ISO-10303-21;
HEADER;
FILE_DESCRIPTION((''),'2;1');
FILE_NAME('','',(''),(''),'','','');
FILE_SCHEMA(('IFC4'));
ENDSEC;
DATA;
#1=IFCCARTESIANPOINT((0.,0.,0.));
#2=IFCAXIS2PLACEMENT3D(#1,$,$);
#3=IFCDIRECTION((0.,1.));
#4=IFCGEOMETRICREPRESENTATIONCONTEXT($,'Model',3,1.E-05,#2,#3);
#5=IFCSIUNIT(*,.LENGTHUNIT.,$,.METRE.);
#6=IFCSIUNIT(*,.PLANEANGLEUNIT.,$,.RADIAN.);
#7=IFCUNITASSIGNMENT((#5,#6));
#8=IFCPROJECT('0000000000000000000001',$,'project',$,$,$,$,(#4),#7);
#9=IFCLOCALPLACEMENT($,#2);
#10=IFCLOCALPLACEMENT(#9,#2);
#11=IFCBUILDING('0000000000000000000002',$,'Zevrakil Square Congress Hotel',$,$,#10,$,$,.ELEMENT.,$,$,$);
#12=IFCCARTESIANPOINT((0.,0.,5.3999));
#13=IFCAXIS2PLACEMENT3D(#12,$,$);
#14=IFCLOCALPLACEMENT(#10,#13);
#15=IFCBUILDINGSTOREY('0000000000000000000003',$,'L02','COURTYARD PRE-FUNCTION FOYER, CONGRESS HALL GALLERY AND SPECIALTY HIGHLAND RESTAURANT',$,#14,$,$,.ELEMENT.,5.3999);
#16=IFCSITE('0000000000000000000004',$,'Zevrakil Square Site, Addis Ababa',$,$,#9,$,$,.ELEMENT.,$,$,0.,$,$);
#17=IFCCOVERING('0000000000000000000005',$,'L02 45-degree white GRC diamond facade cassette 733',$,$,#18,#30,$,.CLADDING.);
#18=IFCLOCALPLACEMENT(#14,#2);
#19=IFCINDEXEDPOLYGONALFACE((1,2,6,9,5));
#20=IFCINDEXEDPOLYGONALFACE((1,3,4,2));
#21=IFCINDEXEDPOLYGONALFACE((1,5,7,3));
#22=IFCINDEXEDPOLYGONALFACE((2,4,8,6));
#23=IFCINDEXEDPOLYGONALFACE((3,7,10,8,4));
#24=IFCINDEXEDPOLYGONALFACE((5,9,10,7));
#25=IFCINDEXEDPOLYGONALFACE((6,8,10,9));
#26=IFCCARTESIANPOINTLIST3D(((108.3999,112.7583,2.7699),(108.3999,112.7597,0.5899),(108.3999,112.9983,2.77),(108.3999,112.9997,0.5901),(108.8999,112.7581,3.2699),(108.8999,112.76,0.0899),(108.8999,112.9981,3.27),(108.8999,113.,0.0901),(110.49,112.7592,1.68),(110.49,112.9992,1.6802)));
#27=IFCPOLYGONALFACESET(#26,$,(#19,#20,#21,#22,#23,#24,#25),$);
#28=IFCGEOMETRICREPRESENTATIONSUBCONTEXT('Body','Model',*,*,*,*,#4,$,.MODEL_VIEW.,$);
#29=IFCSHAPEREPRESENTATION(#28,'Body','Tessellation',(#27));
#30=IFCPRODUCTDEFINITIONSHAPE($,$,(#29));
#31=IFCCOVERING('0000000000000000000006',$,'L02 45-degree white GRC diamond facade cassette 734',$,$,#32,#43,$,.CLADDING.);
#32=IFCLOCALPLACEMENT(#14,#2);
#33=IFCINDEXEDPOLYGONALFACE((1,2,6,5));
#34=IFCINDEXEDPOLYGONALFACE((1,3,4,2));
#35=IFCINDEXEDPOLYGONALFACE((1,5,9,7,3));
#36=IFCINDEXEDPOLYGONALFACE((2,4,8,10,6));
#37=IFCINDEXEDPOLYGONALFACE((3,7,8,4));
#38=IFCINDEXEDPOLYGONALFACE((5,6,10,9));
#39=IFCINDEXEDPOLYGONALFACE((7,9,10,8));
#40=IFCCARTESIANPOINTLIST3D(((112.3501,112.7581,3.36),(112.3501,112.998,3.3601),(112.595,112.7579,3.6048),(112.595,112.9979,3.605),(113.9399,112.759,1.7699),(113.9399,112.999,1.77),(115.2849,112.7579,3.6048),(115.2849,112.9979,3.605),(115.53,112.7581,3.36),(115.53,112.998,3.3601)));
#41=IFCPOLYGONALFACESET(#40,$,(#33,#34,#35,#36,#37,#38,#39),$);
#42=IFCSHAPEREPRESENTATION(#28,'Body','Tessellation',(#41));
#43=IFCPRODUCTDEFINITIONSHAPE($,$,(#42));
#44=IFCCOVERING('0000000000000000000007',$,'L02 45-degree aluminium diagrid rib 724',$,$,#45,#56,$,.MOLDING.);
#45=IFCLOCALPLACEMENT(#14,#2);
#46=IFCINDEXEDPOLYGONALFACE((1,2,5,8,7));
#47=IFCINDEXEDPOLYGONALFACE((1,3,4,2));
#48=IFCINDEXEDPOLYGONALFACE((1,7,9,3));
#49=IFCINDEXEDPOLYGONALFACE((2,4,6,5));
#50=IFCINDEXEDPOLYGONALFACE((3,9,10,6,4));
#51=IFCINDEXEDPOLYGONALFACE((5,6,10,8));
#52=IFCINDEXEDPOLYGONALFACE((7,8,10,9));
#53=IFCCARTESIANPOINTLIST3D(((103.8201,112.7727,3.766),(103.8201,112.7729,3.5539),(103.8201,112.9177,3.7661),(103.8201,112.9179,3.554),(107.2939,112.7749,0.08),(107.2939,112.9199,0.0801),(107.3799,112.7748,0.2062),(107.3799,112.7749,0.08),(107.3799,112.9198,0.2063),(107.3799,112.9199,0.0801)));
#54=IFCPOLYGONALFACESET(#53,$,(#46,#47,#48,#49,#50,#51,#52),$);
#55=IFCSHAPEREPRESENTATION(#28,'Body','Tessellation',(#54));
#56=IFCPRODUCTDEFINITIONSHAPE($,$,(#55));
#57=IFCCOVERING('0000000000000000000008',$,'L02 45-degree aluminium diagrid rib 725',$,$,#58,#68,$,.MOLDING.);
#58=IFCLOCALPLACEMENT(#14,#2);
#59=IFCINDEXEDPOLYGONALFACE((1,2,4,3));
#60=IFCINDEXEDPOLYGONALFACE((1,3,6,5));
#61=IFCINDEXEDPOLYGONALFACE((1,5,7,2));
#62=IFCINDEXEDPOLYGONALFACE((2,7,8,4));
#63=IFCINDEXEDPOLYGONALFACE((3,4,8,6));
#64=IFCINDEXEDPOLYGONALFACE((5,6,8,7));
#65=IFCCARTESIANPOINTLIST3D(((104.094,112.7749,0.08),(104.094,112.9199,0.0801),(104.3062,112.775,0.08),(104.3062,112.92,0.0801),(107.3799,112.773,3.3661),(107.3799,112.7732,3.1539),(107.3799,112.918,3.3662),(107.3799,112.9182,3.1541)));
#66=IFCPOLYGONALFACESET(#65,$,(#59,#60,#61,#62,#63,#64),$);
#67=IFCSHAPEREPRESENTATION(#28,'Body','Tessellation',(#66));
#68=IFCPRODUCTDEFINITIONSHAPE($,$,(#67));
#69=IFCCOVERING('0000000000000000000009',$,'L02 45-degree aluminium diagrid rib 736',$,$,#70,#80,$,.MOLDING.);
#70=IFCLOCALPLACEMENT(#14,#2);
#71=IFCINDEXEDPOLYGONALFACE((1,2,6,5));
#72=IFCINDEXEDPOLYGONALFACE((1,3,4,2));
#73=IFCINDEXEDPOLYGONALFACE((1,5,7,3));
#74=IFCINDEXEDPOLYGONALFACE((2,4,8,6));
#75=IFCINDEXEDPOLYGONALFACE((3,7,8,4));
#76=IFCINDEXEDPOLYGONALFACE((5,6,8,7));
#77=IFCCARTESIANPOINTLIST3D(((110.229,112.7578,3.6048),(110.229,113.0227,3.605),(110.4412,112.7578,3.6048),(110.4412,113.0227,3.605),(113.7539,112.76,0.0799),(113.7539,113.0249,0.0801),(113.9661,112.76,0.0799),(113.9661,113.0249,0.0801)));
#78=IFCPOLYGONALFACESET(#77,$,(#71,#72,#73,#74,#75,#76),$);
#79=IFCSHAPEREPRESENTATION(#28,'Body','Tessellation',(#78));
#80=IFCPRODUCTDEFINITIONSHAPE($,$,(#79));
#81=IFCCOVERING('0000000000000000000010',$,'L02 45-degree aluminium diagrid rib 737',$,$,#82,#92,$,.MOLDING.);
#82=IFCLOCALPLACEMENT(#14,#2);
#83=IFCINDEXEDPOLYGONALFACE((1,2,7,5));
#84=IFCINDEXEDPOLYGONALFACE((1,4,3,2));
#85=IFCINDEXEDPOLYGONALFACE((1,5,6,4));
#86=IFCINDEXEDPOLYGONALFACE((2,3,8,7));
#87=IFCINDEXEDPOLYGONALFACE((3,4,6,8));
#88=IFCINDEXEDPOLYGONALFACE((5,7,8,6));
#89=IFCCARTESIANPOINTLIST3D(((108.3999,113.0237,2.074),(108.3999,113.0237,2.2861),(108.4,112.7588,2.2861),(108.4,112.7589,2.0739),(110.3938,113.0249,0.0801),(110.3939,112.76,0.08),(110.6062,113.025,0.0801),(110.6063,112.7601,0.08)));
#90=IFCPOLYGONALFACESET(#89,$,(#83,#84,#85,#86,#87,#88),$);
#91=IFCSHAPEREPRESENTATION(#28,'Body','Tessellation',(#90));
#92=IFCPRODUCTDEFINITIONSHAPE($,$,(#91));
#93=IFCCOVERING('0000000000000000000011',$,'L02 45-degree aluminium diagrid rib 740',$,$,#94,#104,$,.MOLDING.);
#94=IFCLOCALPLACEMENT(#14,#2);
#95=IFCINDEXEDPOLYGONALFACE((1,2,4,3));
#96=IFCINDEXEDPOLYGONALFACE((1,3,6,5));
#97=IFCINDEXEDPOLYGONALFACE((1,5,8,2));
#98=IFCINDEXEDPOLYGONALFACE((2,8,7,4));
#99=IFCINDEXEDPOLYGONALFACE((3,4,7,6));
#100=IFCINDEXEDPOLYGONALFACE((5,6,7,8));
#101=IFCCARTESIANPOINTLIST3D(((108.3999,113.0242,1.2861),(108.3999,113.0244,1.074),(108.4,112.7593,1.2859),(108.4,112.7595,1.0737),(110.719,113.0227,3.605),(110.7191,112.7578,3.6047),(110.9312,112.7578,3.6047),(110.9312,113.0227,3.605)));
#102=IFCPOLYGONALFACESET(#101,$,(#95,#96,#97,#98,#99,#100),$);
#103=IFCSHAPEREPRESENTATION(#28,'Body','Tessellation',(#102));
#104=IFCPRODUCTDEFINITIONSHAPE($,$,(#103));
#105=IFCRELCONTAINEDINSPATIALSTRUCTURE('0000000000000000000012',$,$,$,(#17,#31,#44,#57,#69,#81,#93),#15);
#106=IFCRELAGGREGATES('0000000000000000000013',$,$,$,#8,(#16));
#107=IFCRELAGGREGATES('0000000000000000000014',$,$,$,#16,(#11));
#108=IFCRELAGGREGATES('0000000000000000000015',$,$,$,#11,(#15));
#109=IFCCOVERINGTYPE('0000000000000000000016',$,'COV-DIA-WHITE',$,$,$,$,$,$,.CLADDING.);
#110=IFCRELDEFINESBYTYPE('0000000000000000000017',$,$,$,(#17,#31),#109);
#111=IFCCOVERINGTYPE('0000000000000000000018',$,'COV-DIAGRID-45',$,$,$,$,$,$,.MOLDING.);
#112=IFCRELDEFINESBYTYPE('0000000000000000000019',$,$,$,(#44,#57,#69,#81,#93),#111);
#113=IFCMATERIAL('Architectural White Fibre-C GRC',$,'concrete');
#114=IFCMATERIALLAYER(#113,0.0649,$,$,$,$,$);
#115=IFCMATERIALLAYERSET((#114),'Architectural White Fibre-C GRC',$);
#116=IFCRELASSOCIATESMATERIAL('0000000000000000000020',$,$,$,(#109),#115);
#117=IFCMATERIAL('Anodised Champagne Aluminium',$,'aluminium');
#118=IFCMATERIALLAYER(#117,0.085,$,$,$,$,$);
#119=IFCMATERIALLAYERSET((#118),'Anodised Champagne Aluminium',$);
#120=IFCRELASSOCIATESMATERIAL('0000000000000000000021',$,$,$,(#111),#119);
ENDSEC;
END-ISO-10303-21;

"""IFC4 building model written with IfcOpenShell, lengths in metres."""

from ifc_helpers import new_model, si_unit, direction, frame, origin, place, context, subcontext, project, spatial, polyline, outline, extrude, material, layer, layer_set, type_object, element, save


model = new_model("IFC4")

# Units and contexts
model_context = context("Model", 3, precision=1e-05, world=origin(), true_north=direction((0.0, 1.0)))
body_context = subcontext(model_context, "Body", "Model", "MODEL_VIEW")
ifc_project = project(units=[si_unit("LENGTHUNIT", "METRE"), si_unit("PLANEANGLEUNIT", "RADIAN")], contexts=[model_context])

# Site, building, storey
site_placement = place(None, origin())
site = spatial("IfcSite", under=ifc_project, at=site_placement, Name="Zevrakil Square Site, Addis Ababa", CompositionType="ELEMENT", RefElevation=0.0)
building_placement = place(site_placement, origin())
building = spatial("IfcBuilding", under=site, at=building_placement, Name="Zevrakil Square Congress Hotel", CompositionType="ELEMENT")
storey_placement = place(building_placement, frame((0.0, 0.0, 5.3999)))
storey = spatial("IfcBuildingStorey", under=building, at=storey_placement, Name="L02", Description="COURTYARD PRE-FUNCTION FOYER, CONGRESS HALL GALLERY AND SPECIALTY HIGHLAND RESTAURANT", CompositionType="ELEMENT", Elevation=5.3999)

# Coverings
ifc_material_1 = material(Name="Architectural White Fibre-C GRC", Category="concrete")
ifc_layer_1 = layer(ifc_material_1, 0.0649)
ifc_layer_set_1 = layer_set([ifc_layer_1], Name="Architectural White Fibre-C GRC")
covering_type_1 = type_object("IfcCoveringType", Name="COV-DIA-WHITE", PredefinedType="CLADDING", material=ifc_layer_set_1)
covering_1_placement = place(storey_placement, frame((108.8999, 113.0, 0.0901), z_axis=(-0.000085, 1.0, 0.000607), x_axis=(0.707107, -0.000369, 0.707107)))
element("IfcCovering", 1, at=covering_1_placement, inside=storey, type_object=covering_type_1, Name="L02 45-degree white GRC diamond facade cassette 733", PredefinedType="CLADDING", context=body_context, shape_type="SweptSolid", body=[
    extrude(outline(polyline([(0.0, 0.0), (2.2487, 0.0), (2.2486, -2.2486), (1.5414, -2.2486), (0.0, -0.7071), (0.0, 0.0)])), origin(), (0.0, 0.0, -1.0), 0.24),
])
covering_2_placement = place(storey_placement, frame((112.3501, 112.998, 3.3601), z_axis=(0.0, 1.0, 0.000579), x_axis=(0.707052, 0.00041, -0.707161)))
element("IfcCovering", 2, at=covering_2_placement, inside=storey, type_object=covering_type_1, Name="L02 45-degree white GRC diamond facade cassette 734", PredefinedType="CLADDING", context=body_context, shape_type="SweptSolid", body=[
    extrude(outline(polyline([(0.0, 0.0), (2.2486, 0.0), (2.2484, -2.2487), (1.9019, -2.2485), (0.0, -0.3463), (0.0, 0.0)])), origin(), (0.0, 0.0, -1.0), 0.24),
])
ifc_material_2 = material(Name="Anodised Champagne Aluminium", Category="aluminium")
ifc_layer_2 = layer(ifc_material_2, 0.085)
ifc_layer_set_2 = layer_set([ifc_layer_2], Name="Anodised Champagne Aluminium")
covering_type_2 = type_object("IfcCoveringType", Name="COV-DIAGRID-45", PredefinedType="MOLDING", material=ifc_layer_set_2)
covering_3_placement = place(storey_placement, frame((107.2939, 112.9199, 0.0801), z_axis=(0.000104, 1.0, 0.00069), x_axis=(1.0, -0.000104, 0.0)))
element("IfcCovering", 3, at=covering_3_placement, inside=storey, type_object=covering_type_2, Name="L02 45-degree aluminium diagrid rib 724", PredefinedType="MOLDING", context=body_context, shape_type="SweptSolid", body=[
    extrude(outline(polyline([(0.0, 0.0), (0.0859, 0.0), (0.0859, -0.1262), (-3.4739, -3.686), (-3.4739, -3.4739), (0.0, 0.0)])), origin(), (0.0, 0.0, -1.0), 0.145),
])
covering_4_placement = place(storey_placement, frame((107.3799, 112.9182, 3.1541), z_axis=(-0.000287, 1.0, 0.000863), x_axis=(0.0, -0.000863, 1.0)))
element("IfcCovering", 4, at=covering_4_placement, inside=storey, type_object=covering_type_2, Name="L02 45-degree aluminium diagrid rib 725", PredefinedType="MOLDING", context=body_context, shape_type="SweptSolid", body=[
    extrude(outline(polyline([(0.0, 0.0), (0.2122, 0.0), (-3.074, -3.2859), (-3.074, -3.0737), (0.0, 0.0)])), origin(), (0.0, 0.0, -1.0), 0.145),
])
covering_5_placement = place(storey_placement, frame((113.7539, 113.0249, 0.0801), z_axis=(0.0, 1.0, 0.000623), x_axis=(1.0, 0.0, 0.0)))
element("IfcCovering", 5, at=covering_5_placement, inside=storey, type_object=covering_type_2, Name="L02 45-degree aluminium diagrid rib 736", PredefinedType="MOLDING", context=body_context, shape_type="SweptSolid", body=[
    extrude(outline(polyline([(0.0, 0.0), (0.2122, 0.0), (-3.3127, -3.5249), (-3.5249, -3.5249), (0.0, 0.0)])), origin(), (0.0, 0.0, -1.0), 0.2649),
])
covering_6_placement = place(storey_placement, frame((110.3938, 113.0249, 0.0801), z_axis=(-0.00029, 1.0, 0.000291), x_axis=(1.0, 0.00029, 0.0)))
element("IfcCovering", 6, at=covering_6_placement, inside=storey, type_object=covering_type_2, Name="L02 45-degree aluminium diagrid rib 737", PredefinedType="MOLDING", context=body_context, shape_type="SweptSolid", body=[
    extrude(outline(polyline([(0.0, 0.0), (0.2124, 0.0), (-1.9939, -2.2061), (-1.9939, -1.9939), (0.0, 0.0)])), origin(), (0.0, 0.0, -1.0), 0.2649),
])
covering_7_placement = place(storey_placement, frame((110.9312, 113.0227, 3.605), z_axis=(-0.000248, 1.0, 0.000903), x_axis=(-1.0, -0.000248, 0.0)))
element("IfcCovering", 7, at=covering_7_placement, inside=storey, type_object=covering_type_2, Name="L02 45-degree aluminium diagrid rib 740", PredefinedType="MOLDING", context=body_context, shape_type="SweptSolid", body=[
    extrude(outline(polyline([(0.0, 0.0), (0.2122, 0.0), (2.5313, -2.3188), (2.5313, -2.531), (0.0, 0.0)])), origin(), (0.0, 0.0, -1.0), 0.2649),
])

save(model, "model.ifc")
